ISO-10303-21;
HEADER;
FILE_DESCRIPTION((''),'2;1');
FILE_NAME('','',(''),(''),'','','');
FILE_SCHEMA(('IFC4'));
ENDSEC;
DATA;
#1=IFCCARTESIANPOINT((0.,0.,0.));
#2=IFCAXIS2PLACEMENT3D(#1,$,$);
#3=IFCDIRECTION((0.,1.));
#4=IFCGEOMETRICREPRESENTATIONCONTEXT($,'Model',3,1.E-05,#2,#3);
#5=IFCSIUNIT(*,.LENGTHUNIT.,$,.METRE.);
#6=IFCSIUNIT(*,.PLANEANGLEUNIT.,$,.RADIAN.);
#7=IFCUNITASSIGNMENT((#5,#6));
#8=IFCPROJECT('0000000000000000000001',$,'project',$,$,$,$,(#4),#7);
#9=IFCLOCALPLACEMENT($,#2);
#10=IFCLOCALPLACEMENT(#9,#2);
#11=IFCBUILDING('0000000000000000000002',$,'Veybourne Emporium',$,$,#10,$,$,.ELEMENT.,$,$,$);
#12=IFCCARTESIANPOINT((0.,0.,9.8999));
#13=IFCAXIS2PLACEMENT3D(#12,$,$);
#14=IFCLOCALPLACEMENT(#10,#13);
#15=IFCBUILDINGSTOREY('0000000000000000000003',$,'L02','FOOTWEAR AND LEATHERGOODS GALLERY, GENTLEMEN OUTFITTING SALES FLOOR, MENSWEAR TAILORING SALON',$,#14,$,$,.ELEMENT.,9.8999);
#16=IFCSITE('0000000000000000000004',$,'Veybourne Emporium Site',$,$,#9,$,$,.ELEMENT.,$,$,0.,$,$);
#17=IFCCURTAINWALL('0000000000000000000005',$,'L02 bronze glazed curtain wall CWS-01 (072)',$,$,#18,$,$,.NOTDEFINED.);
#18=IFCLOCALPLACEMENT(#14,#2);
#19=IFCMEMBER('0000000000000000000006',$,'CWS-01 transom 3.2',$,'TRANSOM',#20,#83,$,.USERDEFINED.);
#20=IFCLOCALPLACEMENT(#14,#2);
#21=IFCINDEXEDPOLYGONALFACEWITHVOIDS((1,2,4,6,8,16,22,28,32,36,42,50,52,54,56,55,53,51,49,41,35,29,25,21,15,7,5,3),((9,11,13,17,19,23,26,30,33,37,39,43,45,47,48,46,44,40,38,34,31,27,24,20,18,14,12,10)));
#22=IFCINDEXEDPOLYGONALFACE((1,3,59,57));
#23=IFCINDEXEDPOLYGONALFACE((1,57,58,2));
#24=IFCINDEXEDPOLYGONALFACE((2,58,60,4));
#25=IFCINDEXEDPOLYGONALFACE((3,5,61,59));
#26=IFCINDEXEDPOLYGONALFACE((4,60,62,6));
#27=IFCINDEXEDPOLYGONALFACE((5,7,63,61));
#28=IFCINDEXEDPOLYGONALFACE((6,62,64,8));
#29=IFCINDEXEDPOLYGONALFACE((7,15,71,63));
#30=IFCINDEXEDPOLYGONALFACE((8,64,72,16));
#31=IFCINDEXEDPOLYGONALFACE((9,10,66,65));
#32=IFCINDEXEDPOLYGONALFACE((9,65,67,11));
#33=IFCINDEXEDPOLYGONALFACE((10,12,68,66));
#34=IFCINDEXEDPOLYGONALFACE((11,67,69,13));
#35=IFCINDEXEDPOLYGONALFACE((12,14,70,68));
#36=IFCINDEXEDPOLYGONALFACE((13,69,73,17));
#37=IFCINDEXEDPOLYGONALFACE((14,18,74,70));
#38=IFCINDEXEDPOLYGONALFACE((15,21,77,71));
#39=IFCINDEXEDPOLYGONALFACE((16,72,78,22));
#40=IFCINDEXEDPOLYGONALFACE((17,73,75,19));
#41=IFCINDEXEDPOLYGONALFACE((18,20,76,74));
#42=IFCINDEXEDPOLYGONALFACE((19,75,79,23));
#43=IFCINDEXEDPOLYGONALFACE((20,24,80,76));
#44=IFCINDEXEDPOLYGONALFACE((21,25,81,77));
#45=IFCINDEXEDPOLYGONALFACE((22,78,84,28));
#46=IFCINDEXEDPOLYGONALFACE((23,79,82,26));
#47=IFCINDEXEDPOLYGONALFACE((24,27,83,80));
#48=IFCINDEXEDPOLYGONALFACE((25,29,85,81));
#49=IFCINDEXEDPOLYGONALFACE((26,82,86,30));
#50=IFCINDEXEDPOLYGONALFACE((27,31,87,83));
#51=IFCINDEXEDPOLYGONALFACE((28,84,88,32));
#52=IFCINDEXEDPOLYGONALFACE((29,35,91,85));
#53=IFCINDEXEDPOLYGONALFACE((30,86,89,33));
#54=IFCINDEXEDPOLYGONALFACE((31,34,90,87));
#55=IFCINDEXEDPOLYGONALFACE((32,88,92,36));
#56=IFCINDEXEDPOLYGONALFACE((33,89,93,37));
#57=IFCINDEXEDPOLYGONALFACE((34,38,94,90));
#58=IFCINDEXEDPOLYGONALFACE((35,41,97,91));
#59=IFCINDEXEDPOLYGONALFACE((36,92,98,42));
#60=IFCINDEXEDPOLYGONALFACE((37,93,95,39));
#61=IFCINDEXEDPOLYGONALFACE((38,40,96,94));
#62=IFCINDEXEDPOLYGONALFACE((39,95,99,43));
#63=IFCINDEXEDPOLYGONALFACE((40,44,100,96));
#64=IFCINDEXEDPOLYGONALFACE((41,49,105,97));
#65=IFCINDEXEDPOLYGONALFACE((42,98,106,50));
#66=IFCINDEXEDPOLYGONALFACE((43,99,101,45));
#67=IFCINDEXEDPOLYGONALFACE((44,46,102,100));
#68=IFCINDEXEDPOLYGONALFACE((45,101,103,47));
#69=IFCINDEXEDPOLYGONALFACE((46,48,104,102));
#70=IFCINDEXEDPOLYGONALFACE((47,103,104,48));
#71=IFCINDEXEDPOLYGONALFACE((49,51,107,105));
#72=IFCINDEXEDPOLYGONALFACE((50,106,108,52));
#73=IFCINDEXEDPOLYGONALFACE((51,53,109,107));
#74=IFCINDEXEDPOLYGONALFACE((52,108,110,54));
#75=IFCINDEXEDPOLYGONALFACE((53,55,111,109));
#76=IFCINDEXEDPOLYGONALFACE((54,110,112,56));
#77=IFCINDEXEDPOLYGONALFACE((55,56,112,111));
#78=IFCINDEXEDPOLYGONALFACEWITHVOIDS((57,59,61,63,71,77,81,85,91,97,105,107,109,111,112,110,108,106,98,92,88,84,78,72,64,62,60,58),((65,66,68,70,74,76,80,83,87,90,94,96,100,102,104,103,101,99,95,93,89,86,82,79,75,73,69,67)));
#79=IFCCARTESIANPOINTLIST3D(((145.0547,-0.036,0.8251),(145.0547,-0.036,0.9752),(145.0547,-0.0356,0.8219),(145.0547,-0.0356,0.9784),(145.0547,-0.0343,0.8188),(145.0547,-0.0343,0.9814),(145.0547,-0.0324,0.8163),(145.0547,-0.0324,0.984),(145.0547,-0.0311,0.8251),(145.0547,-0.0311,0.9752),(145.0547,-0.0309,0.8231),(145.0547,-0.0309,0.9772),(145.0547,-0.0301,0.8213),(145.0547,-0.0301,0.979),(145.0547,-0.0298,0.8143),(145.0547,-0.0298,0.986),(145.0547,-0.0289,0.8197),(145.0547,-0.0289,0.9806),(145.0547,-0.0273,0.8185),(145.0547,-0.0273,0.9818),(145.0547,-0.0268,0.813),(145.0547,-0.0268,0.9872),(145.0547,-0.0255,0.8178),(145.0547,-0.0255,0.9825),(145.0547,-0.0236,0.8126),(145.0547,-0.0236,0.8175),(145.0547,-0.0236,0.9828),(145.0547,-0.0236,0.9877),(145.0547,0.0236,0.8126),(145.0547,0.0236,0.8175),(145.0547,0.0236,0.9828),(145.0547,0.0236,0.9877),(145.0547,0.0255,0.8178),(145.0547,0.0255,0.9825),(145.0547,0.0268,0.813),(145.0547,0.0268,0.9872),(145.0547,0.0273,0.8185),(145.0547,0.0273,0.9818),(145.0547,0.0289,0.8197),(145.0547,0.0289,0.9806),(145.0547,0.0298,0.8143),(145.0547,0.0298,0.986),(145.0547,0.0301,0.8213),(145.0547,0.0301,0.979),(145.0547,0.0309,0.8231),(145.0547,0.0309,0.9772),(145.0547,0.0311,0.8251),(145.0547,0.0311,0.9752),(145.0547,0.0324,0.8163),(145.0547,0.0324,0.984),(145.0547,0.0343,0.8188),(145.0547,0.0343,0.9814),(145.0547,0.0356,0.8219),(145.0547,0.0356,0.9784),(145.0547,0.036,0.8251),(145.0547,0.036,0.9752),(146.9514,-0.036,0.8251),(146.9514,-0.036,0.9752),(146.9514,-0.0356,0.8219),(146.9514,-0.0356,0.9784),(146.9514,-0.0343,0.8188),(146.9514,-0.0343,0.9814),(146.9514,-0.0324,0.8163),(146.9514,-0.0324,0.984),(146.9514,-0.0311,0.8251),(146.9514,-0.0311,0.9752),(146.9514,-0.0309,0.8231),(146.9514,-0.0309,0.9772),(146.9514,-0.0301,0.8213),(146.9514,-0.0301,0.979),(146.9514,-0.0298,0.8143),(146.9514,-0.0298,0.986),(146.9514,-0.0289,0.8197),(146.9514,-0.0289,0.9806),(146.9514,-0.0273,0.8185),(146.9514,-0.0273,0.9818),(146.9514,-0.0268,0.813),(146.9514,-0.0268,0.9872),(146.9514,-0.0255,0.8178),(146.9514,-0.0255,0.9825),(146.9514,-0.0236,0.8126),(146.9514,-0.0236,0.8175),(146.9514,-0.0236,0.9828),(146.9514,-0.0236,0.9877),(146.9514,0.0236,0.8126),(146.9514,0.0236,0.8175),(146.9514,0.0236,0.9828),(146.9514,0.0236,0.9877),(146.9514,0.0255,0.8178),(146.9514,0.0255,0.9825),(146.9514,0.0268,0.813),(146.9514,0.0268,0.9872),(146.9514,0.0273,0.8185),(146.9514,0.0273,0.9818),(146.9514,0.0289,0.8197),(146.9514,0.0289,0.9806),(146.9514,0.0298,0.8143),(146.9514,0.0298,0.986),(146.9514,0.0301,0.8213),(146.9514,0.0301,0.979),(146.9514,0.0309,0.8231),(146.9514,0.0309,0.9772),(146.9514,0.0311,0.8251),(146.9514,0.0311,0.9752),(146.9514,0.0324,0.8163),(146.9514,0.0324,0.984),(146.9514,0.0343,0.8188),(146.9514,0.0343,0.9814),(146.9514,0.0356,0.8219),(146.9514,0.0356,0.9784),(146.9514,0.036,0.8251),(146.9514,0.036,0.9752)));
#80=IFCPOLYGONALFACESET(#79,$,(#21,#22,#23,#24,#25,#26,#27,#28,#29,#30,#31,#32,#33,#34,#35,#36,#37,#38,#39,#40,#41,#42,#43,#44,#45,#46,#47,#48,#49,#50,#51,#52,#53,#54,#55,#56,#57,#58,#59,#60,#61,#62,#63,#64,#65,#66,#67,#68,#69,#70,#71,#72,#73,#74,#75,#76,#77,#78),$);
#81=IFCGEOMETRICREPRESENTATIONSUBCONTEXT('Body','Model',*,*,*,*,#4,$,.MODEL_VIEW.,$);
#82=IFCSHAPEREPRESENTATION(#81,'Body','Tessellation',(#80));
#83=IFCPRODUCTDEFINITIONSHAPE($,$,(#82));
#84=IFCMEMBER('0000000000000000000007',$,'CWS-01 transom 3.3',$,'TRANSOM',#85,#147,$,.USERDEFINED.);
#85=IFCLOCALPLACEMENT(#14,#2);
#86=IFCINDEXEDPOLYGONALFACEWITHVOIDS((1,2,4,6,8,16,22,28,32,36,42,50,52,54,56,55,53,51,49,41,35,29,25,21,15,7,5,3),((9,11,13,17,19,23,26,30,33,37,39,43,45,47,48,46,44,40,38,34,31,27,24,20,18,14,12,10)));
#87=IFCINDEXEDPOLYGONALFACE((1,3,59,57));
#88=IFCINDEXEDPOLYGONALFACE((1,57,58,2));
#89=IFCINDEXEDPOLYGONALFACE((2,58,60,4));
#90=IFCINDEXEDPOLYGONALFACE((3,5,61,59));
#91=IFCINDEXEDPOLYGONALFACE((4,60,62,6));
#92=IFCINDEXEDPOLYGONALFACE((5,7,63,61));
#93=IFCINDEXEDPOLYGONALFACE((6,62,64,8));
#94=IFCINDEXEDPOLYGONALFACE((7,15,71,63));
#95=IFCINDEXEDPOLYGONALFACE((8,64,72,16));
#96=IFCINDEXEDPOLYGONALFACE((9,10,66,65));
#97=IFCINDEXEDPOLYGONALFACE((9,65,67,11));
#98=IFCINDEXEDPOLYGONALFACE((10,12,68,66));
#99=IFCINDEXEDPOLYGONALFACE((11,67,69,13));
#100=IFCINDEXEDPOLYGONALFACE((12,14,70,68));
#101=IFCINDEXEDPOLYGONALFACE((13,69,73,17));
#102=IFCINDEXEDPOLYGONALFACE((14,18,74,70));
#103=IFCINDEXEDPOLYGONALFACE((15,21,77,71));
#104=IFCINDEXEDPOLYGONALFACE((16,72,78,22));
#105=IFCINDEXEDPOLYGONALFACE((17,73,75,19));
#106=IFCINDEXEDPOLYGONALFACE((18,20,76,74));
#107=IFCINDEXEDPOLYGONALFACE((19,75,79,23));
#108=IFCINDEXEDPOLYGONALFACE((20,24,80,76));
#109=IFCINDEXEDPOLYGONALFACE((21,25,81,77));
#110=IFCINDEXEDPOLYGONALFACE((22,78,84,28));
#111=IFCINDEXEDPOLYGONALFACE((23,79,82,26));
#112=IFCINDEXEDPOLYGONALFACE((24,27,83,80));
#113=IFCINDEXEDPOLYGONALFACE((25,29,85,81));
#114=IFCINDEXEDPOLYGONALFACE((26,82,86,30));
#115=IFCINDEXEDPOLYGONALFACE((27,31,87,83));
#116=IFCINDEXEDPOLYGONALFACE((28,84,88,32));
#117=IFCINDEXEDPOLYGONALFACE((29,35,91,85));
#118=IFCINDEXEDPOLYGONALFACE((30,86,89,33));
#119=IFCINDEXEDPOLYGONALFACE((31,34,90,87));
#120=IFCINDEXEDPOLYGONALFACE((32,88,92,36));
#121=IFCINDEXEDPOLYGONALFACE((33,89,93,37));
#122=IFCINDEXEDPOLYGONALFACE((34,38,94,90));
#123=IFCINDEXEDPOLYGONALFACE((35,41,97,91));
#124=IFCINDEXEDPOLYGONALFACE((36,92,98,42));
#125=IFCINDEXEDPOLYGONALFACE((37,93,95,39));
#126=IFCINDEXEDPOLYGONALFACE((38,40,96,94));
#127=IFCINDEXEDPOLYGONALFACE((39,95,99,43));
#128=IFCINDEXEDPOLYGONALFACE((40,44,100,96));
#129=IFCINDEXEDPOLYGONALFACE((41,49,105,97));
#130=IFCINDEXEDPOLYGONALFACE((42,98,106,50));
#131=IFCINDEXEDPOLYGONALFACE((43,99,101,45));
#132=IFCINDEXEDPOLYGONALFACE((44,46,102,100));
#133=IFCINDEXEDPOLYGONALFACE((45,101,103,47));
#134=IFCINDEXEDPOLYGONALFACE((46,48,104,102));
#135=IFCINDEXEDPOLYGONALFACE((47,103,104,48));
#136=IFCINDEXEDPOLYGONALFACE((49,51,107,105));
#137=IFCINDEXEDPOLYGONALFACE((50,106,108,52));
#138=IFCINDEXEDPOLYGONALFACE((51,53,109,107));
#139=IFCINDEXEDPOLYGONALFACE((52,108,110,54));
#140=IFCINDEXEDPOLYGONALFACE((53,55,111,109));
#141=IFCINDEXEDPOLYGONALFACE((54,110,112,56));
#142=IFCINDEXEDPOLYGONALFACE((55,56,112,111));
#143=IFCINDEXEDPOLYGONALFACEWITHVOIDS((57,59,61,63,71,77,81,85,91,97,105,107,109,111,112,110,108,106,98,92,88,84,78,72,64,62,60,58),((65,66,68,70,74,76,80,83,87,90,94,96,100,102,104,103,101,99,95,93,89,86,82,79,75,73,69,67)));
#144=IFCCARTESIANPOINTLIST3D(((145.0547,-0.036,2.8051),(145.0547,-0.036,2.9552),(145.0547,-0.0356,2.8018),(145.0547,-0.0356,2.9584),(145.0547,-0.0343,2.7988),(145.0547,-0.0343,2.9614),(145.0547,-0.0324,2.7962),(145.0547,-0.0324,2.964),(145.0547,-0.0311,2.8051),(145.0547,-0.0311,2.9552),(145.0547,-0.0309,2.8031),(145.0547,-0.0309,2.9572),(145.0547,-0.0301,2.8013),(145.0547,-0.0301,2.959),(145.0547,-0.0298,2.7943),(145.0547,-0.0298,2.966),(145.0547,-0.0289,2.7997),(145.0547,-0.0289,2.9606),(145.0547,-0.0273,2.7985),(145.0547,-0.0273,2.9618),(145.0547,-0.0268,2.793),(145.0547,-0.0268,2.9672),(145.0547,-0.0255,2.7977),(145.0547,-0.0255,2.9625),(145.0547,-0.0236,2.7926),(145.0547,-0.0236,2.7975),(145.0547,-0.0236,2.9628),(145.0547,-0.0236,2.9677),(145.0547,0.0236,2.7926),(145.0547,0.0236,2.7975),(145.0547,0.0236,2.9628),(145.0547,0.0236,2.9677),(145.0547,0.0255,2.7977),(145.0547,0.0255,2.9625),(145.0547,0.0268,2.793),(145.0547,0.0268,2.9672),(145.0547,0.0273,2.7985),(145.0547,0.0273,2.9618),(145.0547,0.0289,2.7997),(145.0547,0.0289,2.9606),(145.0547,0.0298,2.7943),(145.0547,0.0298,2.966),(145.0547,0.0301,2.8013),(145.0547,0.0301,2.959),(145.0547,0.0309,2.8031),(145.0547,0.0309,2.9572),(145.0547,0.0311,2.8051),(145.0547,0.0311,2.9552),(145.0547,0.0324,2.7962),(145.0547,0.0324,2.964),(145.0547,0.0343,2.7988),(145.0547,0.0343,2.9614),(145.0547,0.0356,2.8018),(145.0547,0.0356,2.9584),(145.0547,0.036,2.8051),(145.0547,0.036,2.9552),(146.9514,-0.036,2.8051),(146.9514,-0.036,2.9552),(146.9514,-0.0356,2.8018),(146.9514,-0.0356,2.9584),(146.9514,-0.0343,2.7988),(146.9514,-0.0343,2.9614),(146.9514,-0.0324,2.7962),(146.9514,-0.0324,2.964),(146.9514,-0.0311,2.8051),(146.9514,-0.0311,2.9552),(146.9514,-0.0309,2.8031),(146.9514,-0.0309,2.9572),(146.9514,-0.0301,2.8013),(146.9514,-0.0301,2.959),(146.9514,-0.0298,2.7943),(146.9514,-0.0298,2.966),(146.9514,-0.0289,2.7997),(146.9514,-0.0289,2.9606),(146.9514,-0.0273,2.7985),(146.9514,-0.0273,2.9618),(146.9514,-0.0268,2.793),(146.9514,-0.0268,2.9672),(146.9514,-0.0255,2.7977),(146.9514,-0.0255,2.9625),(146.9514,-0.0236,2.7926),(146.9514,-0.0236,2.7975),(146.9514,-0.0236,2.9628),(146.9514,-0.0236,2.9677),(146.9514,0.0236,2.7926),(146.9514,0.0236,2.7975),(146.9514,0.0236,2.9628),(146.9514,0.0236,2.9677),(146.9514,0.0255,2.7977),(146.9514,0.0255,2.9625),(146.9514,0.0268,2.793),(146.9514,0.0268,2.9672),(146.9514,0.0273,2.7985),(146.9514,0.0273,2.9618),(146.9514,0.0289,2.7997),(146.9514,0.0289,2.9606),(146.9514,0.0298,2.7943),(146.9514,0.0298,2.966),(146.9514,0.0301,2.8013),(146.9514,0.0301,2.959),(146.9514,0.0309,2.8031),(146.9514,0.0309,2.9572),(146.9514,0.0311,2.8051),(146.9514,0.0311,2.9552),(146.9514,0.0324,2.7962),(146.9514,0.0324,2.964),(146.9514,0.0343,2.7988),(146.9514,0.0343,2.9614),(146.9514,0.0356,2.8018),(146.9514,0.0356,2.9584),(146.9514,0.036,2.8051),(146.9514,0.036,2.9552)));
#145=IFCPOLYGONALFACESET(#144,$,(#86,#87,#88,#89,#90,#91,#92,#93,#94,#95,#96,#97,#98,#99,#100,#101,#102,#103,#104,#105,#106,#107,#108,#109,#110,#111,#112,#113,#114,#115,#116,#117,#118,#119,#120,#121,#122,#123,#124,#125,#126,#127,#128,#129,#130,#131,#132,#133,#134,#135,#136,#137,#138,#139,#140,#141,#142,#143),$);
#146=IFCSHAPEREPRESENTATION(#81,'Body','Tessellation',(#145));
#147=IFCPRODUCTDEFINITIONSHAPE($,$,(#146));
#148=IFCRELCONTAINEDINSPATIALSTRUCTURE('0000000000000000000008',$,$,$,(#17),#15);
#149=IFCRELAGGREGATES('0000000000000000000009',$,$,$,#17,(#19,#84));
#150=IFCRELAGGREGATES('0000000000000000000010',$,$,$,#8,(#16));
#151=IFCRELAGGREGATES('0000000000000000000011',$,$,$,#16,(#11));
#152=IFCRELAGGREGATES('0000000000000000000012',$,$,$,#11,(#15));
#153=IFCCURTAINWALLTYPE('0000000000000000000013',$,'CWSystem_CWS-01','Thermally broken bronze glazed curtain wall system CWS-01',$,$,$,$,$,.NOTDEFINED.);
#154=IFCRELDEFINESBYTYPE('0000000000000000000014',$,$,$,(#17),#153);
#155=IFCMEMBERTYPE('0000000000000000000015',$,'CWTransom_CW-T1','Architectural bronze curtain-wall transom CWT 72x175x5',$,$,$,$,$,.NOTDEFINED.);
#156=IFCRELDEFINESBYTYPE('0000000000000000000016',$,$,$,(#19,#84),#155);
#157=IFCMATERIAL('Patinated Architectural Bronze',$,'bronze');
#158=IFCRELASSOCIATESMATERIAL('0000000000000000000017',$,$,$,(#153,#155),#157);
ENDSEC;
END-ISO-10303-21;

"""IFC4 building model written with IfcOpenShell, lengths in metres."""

from ifc_helpers import new_model, si_unit, direction, frame, origin, origin_2d, place, context, subcontext, project, spatial, hollow_rectangle, extrude, material, material_profile, profile_set, type_object, element, aggregate, save


model = new_model("IFC4")

# Units and contexts
model_context = context("Model", 3, precision=1e-05, world=origin(), true_north=direction((0.0, 1.0)))
body_context = subcontext(model_context, "Body", "Model", "MODEL_VIEW")
ifc_project = project(units=[si_unit("LENGTHUNIT", "METRE"), si_unit("PLANEANGLEUNIT", "RADIAN")], contexts=[model_context])

# Site, building, storey
site_placement = place(None, origin())
site = spatial("IfcSite", under=ifc_project, at=site_placement, Name="Veybourne Emporium Site", CompositionType="ELEMENT", RefElevation=0.0)
building_placement = place(site_placement, origin())
building = spatial("IfcBuilding", under=site, at=building_placement, Name="Veybourne Emporium", CompositionType="ELEMENT")
storey_placement = place(building_placement, frame((0.0, 0.0, 9.8999)))
storey = spatial("IfcBuildingStorey", under=building, at=storey_placement, Name="L02", Description="FOOTWEAR AND LEATHERGOODS GALLERY, GENTLEMEN OUTFITTING SALES FLOOR, MENSWEAR TAILORING SALON", CompositionType="ELEMENT", Elevation=9.8999)

# Curtain wall
ifc_material_1 = material(Name="Patinated Architectural Bronze", Category="bronze")
curtain_wall_type_1 = type_object("IfcCurtainWallType", Name="CWSystem_CWS-01", Description="Thermally broken bronze glazed curtain wall system CWS-01", PredefinedType="NOTDEFINED", material=ifc_material_1)
curtain_wall_1_placement = place(storey_placement, origin())
curtain_wall_1 = element("IfcCurtainWall", 1, at=curtain_wall_1_placement, inside=storey, type_object=curtain_wall_type_1, Name="L02 bronze glazed curtain wall CWS-01 (072)", PredefinedType="NOTDEFINED")

# Members
ifc_material_profile_1 = material_profile(ifc_material_1, hollow_rectangle(XDim=0.072, YDim=0.175, WallThickness=0.0049, InnerFilletRadius=0.0076, OuterFilletRadius=0.0125, at=origin_2d()), Name="CWT 72x175x5")
ifc_profile_set_1 = profile_set([ifc_material_profile_1], Name="Patinated Architectural Bronze")
member_type_1 = type_object("IfcMemberType", Name="CWTransom_CW-T1", Description="Architectural bronze curtain-wall transom CWT 72x175x5", PredefinedType="NOTDEFINED", material=ifc_profile_set_1)
member_1_placement = place(storey_placement, frame((146.9514, 0.0, 0.9001), z_axis=(-1.0, 0.0, 0.0), x_axis=(0.0, -1.0, 0.0)))
member_1 = element("IfcMember", 2, at=member_1_placement, type_object=member_type_1, Name="CWS-01 transom 3.2", ObjectType="TRANSOM", PredefinedType="USERDEFINED", context=body_context, shape_type="SweptSolid", body=[
    extrude(hollow_rectangle(XDim=0.072, YDim=0.175, WallThickness=0.0049, InnerFilletRadius=0.0076, OuterFilletRadius=0.0125, at=origin_2d()), origin(), (0.0, 0.0, 1.0), 1.8967),
])
member_2_placement = place(storey_placement, frame((146.9514, 0.0, 2.8801), z_axis=(-1.0, 0.0, 0.0), x_axis=(0.0, -1.0, 0.0)))
member_2 = element("IfcMember", 3, at=member_2_placement, type_object=member_type_1, Name="CWS-01 transom 3.3", ObjectType="TRANSOM", PredefinedType="USERDEFINED", context=body_context, shape_type="SweptSolid", body=[
    extrude(hollow_rectangle(XDim=0.072, YDim=0.175, WallThickness=0.0049, InnerFilletRadius=0.0076, OuterFilletRadius=0.0125, at=origin_2d()), origin(), (0.0, 0.0, 1.0), 1.8967),
])

aggregate(curtain_wall_1, [member_1, member_2])

save(model, "model.ifc")
